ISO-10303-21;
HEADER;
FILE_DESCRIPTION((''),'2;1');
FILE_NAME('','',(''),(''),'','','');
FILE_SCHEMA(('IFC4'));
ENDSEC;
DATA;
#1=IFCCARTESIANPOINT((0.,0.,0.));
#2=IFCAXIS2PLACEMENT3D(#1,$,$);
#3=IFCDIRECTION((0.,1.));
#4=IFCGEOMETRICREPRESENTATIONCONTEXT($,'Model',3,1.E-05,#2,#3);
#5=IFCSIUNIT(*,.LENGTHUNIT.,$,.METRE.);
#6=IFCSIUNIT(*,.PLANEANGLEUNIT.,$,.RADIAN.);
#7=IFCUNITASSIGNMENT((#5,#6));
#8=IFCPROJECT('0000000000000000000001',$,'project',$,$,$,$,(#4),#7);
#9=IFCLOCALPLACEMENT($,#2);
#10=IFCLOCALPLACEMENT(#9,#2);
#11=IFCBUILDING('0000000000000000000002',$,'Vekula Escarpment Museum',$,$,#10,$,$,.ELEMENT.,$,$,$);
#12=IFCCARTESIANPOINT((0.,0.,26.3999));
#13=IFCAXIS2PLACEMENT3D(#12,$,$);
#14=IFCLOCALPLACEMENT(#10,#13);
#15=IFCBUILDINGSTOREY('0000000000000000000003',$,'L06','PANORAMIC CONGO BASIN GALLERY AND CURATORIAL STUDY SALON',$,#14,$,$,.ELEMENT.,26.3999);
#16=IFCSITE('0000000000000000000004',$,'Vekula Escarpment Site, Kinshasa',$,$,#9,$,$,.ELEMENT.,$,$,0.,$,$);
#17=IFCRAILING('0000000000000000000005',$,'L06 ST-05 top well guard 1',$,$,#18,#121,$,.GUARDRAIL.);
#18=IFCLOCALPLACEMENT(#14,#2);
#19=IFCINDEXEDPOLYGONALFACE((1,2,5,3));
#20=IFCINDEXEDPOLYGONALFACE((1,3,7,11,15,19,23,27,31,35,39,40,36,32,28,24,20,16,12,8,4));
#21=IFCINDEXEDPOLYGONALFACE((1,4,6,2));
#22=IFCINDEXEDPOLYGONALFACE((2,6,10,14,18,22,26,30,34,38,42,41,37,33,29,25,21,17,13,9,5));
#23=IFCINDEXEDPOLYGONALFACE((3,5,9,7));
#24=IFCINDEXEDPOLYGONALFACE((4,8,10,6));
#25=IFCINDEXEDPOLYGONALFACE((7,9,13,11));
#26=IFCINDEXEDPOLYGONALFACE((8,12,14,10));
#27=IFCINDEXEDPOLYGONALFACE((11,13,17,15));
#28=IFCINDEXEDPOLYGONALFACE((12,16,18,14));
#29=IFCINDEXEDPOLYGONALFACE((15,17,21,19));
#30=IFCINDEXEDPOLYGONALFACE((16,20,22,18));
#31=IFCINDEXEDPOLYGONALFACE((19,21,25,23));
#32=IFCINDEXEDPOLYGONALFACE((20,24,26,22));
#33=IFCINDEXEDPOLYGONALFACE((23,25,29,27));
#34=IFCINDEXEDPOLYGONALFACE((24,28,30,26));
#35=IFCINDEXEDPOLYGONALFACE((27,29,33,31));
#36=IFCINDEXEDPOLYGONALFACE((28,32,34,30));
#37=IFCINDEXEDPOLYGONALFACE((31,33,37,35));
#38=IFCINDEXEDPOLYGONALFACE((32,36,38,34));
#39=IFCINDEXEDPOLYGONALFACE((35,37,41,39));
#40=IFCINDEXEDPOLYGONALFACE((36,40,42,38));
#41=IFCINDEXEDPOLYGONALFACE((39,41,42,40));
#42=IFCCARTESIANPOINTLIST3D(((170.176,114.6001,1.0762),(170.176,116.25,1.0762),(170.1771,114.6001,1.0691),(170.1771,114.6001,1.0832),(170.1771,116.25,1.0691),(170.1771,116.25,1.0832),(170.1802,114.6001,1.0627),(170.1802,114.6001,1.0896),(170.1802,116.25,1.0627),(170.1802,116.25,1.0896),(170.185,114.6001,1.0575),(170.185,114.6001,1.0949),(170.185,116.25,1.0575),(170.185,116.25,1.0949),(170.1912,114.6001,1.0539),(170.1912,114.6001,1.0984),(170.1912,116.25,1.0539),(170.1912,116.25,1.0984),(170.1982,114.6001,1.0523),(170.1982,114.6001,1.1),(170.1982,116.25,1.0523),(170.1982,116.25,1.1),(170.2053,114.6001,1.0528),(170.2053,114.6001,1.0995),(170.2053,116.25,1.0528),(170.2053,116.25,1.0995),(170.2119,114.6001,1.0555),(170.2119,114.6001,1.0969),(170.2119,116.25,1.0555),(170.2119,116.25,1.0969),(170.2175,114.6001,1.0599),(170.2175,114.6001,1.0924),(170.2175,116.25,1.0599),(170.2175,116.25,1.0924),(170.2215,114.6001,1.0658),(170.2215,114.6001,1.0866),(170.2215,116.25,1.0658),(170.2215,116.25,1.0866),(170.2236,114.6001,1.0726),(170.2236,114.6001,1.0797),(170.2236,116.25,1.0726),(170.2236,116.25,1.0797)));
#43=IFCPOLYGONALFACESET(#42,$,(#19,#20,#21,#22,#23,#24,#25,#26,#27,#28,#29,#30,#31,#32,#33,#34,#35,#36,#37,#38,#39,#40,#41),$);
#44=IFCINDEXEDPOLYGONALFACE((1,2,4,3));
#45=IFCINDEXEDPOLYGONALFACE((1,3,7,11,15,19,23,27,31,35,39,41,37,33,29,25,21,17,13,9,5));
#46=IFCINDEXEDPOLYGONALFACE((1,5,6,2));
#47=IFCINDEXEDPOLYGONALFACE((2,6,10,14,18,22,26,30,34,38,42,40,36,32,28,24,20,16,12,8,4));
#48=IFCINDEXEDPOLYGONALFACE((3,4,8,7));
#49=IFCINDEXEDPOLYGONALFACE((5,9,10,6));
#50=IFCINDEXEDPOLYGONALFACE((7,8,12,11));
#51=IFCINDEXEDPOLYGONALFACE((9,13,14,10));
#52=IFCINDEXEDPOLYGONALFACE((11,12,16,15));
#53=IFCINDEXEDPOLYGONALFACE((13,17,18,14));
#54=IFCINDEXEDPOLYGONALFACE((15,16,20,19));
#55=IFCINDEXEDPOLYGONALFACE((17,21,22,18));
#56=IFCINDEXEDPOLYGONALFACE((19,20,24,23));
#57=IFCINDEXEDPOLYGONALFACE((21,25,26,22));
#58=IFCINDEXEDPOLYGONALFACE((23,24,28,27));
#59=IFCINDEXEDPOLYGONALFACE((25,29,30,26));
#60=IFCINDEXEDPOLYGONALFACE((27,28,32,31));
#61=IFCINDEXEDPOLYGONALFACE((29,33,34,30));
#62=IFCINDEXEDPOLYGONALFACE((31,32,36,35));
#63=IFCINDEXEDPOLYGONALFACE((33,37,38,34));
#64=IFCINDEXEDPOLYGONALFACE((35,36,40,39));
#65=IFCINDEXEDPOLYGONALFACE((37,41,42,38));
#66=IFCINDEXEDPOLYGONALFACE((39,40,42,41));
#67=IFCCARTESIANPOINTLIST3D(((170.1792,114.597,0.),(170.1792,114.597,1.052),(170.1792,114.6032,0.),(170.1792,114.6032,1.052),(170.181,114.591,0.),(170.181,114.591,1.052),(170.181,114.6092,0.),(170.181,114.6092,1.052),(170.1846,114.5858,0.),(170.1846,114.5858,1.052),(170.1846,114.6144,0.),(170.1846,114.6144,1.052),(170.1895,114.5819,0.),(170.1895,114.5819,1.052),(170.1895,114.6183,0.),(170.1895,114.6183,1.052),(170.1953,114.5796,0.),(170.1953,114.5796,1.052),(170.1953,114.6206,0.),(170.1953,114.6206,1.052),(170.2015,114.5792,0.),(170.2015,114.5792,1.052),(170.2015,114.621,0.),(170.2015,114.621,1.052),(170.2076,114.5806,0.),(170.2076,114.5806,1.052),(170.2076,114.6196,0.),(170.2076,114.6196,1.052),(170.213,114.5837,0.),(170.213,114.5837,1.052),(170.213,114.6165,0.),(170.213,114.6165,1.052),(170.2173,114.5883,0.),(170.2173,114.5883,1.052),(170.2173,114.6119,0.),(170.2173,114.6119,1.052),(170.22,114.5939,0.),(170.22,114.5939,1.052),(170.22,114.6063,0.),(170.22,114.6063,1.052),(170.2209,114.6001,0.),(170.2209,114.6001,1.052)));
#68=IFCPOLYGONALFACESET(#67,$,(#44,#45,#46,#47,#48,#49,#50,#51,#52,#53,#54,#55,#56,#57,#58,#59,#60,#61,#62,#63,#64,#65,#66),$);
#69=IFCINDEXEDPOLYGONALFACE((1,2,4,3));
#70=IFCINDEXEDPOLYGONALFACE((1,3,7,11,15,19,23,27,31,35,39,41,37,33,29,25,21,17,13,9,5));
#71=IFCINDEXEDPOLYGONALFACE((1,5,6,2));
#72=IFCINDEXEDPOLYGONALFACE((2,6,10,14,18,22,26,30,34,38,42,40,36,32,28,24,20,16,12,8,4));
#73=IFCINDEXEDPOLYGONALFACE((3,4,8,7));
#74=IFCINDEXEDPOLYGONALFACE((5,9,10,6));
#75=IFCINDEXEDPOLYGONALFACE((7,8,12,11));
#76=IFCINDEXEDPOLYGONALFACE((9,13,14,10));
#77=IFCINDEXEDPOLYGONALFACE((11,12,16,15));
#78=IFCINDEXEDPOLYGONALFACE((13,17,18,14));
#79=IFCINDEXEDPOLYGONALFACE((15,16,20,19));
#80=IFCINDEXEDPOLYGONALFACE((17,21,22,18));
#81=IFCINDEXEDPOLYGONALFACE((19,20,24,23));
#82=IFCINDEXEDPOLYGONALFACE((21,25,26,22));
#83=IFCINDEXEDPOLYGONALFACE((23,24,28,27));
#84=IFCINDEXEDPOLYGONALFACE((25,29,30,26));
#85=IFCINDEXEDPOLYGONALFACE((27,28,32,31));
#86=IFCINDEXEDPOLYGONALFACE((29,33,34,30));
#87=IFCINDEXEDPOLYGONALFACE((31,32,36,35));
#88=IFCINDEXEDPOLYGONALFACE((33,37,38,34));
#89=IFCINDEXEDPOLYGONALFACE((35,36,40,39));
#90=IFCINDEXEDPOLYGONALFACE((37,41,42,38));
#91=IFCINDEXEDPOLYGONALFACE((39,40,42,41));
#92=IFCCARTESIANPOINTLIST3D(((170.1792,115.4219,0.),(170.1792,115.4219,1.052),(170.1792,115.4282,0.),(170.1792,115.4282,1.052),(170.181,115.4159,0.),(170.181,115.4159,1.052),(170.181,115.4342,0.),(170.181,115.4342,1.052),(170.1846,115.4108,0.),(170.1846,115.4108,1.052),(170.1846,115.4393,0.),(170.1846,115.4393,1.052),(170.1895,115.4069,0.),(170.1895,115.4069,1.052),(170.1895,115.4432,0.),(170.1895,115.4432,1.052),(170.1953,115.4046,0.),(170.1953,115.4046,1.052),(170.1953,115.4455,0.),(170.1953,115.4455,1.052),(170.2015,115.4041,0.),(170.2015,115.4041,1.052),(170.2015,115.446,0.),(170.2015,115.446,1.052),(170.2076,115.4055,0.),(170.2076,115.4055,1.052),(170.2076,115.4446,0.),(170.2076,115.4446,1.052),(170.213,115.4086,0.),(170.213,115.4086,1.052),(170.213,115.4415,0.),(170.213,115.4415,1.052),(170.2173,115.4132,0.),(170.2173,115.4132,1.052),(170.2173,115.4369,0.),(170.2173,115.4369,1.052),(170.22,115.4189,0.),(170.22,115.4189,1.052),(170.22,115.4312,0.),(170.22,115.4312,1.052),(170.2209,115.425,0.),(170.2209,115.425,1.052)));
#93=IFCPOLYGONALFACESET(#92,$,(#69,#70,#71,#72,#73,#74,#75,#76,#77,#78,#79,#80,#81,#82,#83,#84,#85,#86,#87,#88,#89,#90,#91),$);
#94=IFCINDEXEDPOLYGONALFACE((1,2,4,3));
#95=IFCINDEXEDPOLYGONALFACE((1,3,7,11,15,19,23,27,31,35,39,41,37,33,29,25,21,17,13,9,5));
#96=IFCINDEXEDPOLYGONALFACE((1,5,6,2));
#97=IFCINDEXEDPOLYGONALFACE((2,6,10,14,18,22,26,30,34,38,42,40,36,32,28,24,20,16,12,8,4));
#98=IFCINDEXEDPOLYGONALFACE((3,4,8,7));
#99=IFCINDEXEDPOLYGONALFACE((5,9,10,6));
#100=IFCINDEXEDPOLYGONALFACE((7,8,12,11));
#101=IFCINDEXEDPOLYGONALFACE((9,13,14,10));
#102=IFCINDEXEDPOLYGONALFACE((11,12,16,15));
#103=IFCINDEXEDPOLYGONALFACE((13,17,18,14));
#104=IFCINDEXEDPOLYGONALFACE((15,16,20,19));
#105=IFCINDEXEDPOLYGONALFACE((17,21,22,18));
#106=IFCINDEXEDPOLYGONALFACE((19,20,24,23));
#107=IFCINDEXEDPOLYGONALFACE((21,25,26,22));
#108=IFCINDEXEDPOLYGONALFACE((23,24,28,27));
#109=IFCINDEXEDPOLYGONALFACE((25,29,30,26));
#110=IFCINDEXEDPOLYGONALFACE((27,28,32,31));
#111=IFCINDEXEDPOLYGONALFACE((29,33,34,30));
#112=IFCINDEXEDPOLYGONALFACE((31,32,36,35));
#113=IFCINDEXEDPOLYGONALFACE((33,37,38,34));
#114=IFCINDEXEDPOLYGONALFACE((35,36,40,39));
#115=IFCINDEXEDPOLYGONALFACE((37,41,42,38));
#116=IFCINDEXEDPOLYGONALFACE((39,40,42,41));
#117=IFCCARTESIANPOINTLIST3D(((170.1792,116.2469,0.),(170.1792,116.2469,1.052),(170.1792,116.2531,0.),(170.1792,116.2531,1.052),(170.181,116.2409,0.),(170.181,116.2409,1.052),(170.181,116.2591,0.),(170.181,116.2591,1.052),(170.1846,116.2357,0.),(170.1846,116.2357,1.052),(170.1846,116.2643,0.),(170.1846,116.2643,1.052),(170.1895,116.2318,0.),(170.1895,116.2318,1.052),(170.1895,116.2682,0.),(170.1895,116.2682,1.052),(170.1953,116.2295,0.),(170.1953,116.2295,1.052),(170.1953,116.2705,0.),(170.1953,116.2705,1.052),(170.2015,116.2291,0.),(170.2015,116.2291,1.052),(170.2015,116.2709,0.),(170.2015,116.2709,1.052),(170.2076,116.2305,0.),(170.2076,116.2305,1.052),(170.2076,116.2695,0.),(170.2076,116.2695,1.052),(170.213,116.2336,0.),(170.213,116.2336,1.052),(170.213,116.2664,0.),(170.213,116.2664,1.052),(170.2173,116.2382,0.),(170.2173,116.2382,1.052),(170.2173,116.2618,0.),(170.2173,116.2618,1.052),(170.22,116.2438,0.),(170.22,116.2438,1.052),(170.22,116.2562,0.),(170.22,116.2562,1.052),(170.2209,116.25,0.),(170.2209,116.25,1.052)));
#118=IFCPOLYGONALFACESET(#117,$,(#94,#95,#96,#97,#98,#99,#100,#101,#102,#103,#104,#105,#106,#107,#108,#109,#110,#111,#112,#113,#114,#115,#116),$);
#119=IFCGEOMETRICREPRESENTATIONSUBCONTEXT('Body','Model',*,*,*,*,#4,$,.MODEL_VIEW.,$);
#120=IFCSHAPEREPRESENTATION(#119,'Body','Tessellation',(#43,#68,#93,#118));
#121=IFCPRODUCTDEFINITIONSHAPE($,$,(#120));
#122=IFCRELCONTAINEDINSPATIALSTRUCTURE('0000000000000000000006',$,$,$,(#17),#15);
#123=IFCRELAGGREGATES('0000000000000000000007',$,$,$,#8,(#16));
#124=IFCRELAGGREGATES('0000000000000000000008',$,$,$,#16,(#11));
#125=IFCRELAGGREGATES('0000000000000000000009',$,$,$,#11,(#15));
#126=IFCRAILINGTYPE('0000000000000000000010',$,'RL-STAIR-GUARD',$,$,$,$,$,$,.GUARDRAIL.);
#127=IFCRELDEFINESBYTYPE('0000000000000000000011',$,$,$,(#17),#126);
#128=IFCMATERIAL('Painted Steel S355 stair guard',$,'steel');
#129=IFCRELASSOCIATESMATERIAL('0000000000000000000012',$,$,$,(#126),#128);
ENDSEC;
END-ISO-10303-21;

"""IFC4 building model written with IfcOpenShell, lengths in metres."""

from ifc_helpers import new_model, si_unit, direction, frame, origin, origin_2d, place, context, subcontext, project, spatial, circle, extrude, material, type_object, element, save


model = new_model("IFC4")

# Units and contexts
model_context = context("Model", 3, precision=1e-05, world=origin(), true_north=direction((0.0, 1.0)))
body_context = subcontext(model_context, "Body", "Model", "MODEL_VIEW")
ifc_project = project(units=[si_unit("LENGTHUNIT", "METRE"), si_unit("PLANEANGLEUNIT", "RADIAN")], contexts=[model_context])

# Site, building, storey
site_placement = place(None, origin())
site = spatial("IfcSite", under=ifc_project, at=site_placement, Name="Vekula Escarpment Site, Kinshasa", CompositionType="ELEMENT", RefElevation=0.0)
building_placement = place(site_placement, origin())
building = spatial("IfcBuilding", under=site, at=building_placement, Name="Vekula Escarpment Museum", CompositionType="ELEMENT")
storey_placement = place(building_placement, frame((0.0, 0.0, 26.3999)))
storey = spatial("IfcBuildingStorey", under=building, at=storey_placement, Name="L06", Description="PANORAMIC CONGO BASIN GALLERY AND CURATORIAL STUDY SALON", CompositionType="ELEMENT", Elevation=26.3999)

# Railing
ifc_material_1 = material(Name="Painted Steel S355 stair guard", Category="steel")
railing_type = type_object("IfcRailingType", Name="RL-STAIR-GUARD", PredefinedType="GUARDRAIL", material=ifc_material_1)
railing_placement = place(storey_placement, frame((170.2, 114.6001, 0.0)))
element("IfcRailing", 1, at=railing_placement, inside=storey, type_object=railing_type, Name="L06 ST-05 top well guard 1", PredefinedType="GUARDRAIL", context=body_context, shape_type="SweptSolid", body=[
    extrude(circle(Radius=0.0239, at=origin_2d()), frame((0.0, 0.0, 1.0762), z_axis=(0.0, 1.0, 0.0), x_axis=(-1.0, 0.0, 0.0)), (0.0, 0.0, 1.0), 1.6499),
    extrude(circle(Radius=0.021, at=origin_2d()), origin(), (0.0, 0.0, 1.0), 1.052),
    extrude(circle(Radius=0.021, at=origin_2d()), frame((0.0, 0.825, 0.0)), (0.0, 0.0, 1.0), 1.052),
    extrude(circle(Radius=0.021, at=origin_2d()), frame((0.0, 1.6499, 0.0)), (0.0, 0.0, 1.0), 1.052),
])

save(model, "model.ifc")
